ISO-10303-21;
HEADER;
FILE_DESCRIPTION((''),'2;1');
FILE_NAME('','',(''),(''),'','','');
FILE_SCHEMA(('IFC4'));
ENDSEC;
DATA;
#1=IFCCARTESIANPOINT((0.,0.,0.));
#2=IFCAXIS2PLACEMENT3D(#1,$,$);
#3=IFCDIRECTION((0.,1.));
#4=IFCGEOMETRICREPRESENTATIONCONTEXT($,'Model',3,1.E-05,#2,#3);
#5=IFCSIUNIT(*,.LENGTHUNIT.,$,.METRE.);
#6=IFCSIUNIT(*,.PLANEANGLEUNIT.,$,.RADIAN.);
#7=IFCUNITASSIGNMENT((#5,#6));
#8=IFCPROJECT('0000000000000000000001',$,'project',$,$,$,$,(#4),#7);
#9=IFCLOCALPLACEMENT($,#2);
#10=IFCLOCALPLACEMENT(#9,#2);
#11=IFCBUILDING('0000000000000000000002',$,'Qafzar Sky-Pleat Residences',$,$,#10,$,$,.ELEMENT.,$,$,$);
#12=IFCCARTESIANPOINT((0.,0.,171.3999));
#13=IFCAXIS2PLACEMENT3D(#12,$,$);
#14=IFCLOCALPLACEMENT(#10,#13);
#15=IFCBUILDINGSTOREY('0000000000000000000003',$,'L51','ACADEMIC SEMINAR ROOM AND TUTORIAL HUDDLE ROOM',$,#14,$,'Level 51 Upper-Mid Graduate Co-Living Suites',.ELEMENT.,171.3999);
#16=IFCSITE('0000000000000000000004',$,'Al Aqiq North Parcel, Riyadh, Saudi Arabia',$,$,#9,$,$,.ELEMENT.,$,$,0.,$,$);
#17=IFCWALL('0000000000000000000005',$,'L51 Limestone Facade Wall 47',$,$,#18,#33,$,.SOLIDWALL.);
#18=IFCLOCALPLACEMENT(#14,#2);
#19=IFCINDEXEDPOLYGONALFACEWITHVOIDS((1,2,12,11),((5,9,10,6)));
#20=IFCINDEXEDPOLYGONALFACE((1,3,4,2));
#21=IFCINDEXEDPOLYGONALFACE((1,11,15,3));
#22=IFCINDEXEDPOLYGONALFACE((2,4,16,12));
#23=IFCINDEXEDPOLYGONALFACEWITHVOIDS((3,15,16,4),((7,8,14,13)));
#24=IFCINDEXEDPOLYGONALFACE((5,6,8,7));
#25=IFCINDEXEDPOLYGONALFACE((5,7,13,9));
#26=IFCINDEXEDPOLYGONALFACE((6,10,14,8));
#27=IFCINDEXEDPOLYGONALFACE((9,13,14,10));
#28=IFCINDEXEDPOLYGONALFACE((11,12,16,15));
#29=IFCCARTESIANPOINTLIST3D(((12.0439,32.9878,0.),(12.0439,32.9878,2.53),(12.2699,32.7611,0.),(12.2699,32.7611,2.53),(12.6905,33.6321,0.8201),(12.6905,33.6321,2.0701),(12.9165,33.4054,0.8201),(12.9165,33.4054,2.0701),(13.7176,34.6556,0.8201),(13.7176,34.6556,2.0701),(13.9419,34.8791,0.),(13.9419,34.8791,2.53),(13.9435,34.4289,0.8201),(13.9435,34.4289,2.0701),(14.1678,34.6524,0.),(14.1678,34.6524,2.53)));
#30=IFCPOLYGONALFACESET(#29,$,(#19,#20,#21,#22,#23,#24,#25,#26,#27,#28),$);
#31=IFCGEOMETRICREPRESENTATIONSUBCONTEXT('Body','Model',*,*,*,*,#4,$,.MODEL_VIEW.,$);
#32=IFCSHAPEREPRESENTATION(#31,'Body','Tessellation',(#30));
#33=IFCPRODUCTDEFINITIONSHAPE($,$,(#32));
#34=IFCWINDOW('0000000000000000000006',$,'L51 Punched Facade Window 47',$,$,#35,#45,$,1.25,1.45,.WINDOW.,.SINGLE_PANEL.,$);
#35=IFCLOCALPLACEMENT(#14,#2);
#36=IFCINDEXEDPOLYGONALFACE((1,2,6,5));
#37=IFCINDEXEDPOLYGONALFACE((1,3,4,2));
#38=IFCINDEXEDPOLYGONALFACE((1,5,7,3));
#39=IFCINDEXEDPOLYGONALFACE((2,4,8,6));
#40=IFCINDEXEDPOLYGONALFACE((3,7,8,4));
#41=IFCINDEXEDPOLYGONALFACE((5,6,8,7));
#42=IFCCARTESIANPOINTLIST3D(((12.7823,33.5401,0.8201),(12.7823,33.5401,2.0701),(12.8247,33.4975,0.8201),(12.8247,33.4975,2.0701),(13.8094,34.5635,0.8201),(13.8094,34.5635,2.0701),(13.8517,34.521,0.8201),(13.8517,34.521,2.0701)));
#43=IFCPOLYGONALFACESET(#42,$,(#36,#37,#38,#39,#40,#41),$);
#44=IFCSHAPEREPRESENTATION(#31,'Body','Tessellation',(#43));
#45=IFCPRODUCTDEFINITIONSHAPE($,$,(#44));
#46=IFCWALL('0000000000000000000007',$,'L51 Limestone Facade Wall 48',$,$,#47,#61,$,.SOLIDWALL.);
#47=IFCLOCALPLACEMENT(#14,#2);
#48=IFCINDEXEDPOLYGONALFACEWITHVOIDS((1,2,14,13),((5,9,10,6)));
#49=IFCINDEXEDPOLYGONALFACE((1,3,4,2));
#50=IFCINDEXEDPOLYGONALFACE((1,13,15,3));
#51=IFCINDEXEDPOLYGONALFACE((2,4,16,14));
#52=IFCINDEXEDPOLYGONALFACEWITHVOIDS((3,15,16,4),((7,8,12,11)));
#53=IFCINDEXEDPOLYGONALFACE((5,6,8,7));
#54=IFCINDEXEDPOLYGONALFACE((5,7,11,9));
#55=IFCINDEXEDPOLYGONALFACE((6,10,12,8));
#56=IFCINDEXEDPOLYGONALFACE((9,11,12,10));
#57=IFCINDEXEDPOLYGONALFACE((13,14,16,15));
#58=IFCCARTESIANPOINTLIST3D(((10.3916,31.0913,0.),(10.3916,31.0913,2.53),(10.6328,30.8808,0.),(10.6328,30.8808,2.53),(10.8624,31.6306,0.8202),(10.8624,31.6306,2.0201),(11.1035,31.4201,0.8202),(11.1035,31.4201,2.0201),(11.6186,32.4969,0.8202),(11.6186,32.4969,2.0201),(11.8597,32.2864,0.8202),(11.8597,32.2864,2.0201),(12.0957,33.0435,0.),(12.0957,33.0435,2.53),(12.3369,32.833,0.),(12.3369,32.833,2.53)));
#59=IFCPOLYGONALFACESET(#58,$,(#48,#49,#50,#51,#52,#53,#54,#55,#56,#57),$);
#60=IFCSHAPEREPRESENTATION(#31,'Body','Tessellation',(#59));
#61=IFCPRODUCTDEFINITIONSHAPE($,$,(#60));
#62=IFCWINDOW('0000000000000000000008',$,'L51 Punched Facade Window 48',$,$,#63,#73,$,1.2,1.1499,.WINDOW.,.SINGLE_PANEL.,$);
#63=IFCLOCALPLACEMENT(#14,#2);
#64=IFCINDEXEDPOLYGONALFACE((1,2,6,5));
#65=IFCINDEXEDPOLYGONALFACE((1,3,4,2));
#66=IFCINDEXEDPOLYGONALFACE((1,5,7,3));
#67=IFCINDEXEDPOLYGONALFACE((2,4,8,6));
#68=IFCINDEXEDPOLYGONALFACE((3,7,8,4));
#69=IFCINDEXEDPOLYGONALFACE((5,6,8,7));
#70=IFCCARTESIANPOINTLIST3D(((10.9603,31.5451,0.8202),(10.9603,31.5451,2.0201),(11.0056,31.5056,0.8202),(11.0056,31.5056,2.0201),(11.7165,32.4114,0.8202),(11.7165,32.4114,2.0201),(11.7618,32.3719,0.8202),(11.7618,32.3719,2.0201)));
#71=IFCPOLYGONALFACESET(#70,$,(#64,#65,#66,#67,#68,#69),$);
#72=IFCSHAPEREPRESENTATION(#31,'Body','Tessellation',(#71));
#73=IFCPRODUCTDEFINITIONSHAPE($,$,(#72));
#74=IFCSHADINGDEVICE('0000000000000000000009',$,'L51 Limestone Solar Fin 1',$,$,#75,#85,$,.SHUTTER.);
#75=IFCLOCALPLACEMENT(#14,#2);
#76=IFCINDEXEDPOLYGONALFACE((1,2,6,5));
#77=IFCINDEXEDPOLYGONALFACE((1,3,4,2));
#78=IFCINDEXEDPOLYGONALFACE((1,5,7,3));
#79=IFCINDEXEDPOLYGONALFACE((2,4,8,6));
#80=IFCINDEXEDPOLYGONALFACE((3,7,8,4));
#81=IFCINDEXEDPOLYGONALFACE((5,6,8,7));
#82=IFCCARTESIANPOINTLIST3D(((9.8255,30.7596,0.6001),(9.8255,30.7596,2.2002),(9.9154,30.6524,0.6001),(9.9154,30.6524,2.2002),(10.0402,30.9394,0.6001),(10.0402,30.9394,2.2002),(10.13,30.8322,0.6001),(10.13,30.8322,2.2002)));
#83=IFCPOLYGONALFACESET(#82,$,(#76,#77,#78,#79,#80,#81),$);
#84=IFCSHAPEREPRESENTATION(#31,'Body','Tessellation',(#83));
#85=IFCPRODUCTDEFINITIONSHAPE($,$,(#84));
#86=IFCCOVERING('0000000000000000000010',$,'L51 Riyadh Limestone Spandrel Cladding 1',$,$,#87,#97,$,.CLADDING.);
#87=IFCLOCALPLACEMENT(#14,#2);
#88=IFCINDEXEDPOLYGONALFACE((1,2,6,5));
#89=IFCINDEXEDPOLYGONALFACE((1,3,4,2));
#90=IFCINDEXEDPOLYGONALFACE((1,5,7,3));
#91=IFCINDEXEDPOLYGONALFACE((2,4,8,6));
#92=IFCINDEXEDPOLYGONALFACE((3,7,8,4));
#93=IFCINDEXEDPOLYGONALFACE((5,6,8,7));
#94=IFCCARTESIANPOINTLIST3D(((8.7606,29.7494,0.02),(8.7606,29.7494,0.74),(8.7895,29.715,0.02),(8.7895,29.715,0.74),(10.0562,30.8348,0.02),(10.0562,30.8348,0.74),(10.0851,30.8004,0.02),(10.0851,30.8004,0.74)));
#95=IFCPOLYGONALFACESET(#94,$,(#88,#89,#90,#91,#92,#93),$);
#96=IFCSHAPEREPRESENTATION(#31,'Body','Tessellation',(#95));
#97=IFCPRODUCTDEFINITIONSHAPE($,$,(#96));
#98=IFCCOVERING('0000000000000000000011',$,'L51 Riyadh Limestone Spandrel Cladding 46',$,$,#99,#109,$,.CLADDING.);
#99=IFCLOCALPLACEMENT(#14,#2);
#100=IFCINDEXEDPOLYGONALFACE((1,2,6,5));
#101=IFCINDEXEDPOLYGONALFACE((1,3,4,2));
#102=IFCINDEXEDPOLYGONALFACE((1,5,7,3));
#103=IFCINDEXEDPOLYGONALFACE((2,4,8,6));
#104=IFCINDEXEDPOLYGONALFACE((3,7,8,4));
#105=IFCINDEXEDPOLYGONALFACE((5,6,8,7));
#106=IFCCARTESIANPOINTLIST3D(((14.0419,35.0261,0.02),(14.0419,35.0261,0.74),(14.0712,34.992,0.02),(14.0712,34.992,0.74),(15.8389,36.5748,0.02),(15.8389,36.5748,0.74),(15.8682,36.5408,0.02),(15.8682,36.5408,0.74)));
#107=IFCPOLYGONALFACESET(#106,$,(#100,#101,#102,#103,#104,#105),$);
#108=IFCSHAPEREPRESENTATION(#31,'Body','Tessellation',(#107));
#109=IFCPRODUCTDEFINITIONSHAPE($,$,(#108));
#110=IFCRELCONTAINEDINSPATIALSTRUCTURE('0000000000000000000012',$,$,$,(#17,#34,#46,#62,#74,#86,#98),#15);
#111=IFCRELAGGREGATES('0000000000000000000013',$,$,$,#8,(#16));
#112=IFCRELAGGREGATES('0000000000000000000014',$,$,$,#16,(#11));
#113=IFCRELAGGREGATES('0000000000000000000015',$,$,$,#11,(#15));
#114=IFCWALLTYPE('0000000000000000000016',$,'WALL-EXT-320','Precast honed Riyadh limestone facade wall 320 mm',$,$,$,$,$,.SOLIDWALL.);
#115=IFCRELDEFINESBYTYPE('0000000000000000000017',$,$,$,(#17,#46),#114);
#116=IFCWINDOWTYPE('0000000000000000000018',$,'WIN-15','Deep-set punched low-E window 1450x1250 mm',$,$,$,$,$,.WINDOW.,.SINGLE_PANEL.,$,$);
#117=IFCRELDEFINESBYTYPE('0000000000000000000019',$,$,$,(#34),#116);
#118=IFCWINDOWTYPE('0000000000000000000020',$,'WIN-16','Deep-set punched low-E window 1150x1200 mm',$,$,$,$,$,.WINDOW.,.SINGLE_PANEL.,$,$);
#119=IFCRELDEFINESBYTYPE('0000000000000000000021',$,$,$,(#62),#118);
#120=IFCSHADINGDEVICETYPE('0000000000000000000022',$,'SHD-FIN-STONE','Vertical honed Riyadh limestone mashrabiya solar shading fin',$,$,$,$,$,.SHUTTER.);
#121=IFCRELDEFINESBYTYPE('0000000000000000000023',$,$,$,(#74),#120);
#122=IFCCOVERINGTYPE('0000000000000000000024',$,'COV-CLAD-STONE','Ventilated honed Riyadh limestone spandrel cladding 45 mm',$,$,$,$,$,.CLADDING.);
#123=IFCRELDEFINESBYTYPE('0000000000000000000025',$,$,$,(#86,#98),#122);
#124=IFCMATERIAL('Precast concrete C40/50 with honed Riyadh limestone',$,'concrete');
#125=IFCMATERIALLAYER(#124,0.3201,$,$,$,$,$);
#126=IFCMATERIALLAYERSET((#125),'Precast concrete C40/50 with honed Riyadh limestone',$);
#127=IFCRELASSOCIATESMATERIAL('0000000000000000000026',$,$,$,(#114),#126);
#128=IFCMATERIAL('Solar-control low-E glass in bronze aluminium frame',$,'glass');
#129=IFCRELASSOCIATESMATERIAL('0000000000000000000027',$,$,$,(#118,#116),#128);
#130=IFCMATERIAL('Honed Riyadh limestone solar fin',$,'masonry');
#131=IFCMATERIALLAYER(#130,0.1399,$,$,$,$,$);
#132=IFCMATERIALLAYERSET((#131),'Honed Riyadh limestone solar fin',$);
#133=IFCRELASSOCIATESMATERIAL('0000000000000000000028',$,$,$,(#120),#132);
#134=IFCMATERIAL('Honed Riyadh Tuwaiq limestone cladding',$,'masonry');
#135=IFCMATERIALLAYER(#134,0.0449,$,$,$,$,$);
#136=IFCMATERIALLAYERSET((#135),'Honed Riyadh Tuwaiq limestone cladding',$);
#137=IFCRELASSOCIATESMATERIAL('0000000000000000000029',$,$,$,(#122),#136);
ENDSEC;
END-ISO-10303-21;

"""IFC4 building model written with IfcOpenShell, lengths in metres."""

from ifc_helpers import new_model, si_unit, direction, frame, frame_2d, origin, origin_2d, place, context, subcontext, project, spatial, rectangle, extrude, source, transform, mapped, material, layer, layer_set, type_object, element, fill, save


model = new_model("IFC4")

# Units and contexts
model_context = context("Model", 3, precision=1e-05, world=origin(), true_north=direction((0.0, 1.0)))
body_context = subcontext(model_context, "Body", "Model", "MODEL_VIEW")
ifc_project = project(units=[si_unit("LENGTHUNIT", "METRE"), si_unit("PLANEANGLEUNIT", "RADIAN")], contexts=[model_context])

# Site, building, storey
site_placement = place(None, origin())
site = spatial("IfcSite", under=ifc_project, at=site_placement, Name="Al Aqiq North Parcel, Riyadh, Saudi Arabia", CompositionType="ELEMENT", RefElevation=0.0)
building_placement = place(site_placement, origin())
building = spatial("IfcBuilding", under=site, at=building_placement, Name="Qafzar Sky-Pleat Residences", CompositionType="ELEMENT")
storey_placement = place(building_placement, frame((0.0, 0.0, 171.3999)))
storey = spatial("IfcBuildingStorey", under=building, at=storey_placement, Name="L51", Description="ACADEMIC SEMINAR ROOM AND TUTORIAL HUDDLE ROOM", LongName="Level 51 Upper-Mid Graduate Co-Living Suites", CompositionType="ELEMENT", Elevation=171.3999)

# Walls, openings, windows
ifc_material_1 = material(Name="Precast concrete C40/50 with honed Riyadh limestone", Category="concrete")
ifc_layer_1 = layer(ifc_material_1, 0.3201)
ifc_layer_set_1 = layer_set([ifc_layer_1], Name="Precast concrete C40/50 with honed Riyadh limestone")
wall_type_1 = type_object("IfcWallType", Name="WALL-EXT-320", Description="Precast honed Riyadh limestone facade wall 320 mm", PredefinedType="SOLIDWALL", material=ifc_layer_set_1)
ifc_material_2 = material(Name="Solar-control low-E glass in bronze aluminium frame", Category="glass")
window_type_1 = type_object("IfcWindowType", Name="WIN-16", Description="Deep-set punched low-E window 1150x1200 mm", PartitioningType="SINGLE_PANEL", PredefinedType="WINDOW", material=ifc_material_2)
shared_shape_1 = source(origin(), body_context, "Body", "SweptSolid", [
    extrude(rectangle(XDim=1.1499, YDim=1.2, at=frame_2d((0.575, 0.6001))), frame((0.0, 0.03, 0.0), z_axis=(0.0, -1.0, 0.0), x_axis=(1.0, 0.0, 0.0)), (0.0, 0.0, 1.0), 0.0601),
])
window_type_2 = type_object("IfcWindowType", Name="WIN-15", Description="Deep-set punched low-E window 1450x1250 mm", PartitioningType="SINGLE_PANEL", PredefinedType="WINDOW", material=ifc_material_2)
shared_shape_2 = source(origin(), body_context, "Body", "SweptSolid", [
    extrude(rectangle(XDim=1.45, YDim=1.25, at=frame_2d((0.7251, 0.625))), frame((0.0, 0.03, 0.0), z_axis=(0.0, -1.0, 0.0), x_axis=(1.0, 0.0, 0.0)), (0.0, 0.0, 1.0), 0.0601),
])
wall_1_placement = place(storey_placement, frame((14.0549, 34.7659, 0.0), z_axis=(0.0, 0.0, 1.0), x_axis=(-0.708336, -0.705876, 0.0)))
wall_1 = element("IfcWall", 1, at=wall_1_placement, inside=storey, type_object=wall_type_1, Name="L51 Limestone Facade Wall 47", PredefinedType="SOLIDWALL", context=body_context, shape_type="SweptSolid", body=[
    extrude(rectangle(XDim=2.6794, YDim=0.3201, at=frame_2d((1.3398, 0.0))), origin(), (0.0, 0.0, 1.0), 2.53),
])
opening_1_placement = place(wall_1_placement, frame((0.3167, 0.0, 0.8201)))
opening_1 = element("IfcOpeningElement", 2, at=opening_1_placement, cuts=wall_1, PredefinedType="OPENING", context=body_context, shape_type="SweptSolid", body=[
    extrude(rectangle(XDim=1.45, YDim=1.25, at=frame_2d((0.7251, 0.625))), frame((0.0, 0.1699, 0.0), z_axis=(0.0, -1.0, 0.0), x_axis=(1.0, 0.0, 0.0)), (0.0, 0.0, 1.0), 0.3401),
])
window_1_placement = place(opening_1_placement, origin())
window_1 = element("IfcWindow", 3, at=window_1_placement, inside=storey, type_object=window_type_2, Name="L51 Punched Facade Window 47", OverallHeight=1.25, OverallWidth=1.45, PartitioningType="SINGLE_PANEL", PredefinedType="WINDOW", context=body_context, shape_type="MappedRepresentation", body=[
    mapped(shared_shape_2, transform((0.0, 0.0, 0.0), x_axis=(1.0, 0.0, 0.0), y_axis=(0.0, 1.0, 0.0), z_axis=(0.0, 0.0, 1.0), scale=1.0)),
])
fill(opening_1, window_1)
wall_2_placement = place(storey_placement, frame((12.2163, 32.9382, 0.0), z_axis=(0.0, 0.0, 1.0), x_axis=(-0.657624, -0.753347, 0.0)))
wall_2 = element("IfcWall", 4, at=wall_2_placement, inside=storey, type_object=wall_type_1, Name="L51 Limestone Facade Wall 48", PredefinedType="SOLIDWALL", context=body_context, shape_type="SweptSolid", body=[
    extrude(rectangle(XDim=2.5913, YDim=0.3201, at=frame_2d((1.2957, 0.0))), origin(), (0.0, 0.0, 1.0), 2.53),
])
opening_2_placement = place(wall_2_placement, frame((0.7256, 0.0, 0.8201)))
opening_2 = element("IfcOpeningElement", 5, at=opening_2_placement, cuts=wall_2, PredefinedType="OPENING", context=body_context, shape_type="SweptSolid", body=[
    extrude(rectangle(XDim=1.1499, YDim=1.2, at=frame_2d((0.575, 0.6001))), frame((0.0, 0.1699, 0.0), z_axis=(0.0, -1.0, 0.0), x_axis=(1.0, 0.0, 0.0)), (0.0, 0.0, 1.0), 0.3401),
])
window_2_placement = place(opening_2_placement, origin())
window_2 = element("IfcWindow", 6, at=window_2_placement, inside=storey, type_object=window_type_1, Name="L51 Punched Facade Window 48", OverallHeight=1.2, OverallWidth=1.1499, PartitioningType="SINGLE_PANEL", PredefinedType="WINDOW", context=body_context, shape_type="MappedRepresentation", body=[
    mapped(shared_shape_1, transform((0.0, 0.0, 0.0), x_axis=(1.0, 0.0, 0.0), y_axis=(0.0, 1.0, 0.0), z_axis=(0.0, 0.0, 1.0), scale=1.0)),
])
fill(opening_2, window_2)

# Shading device
ifc_material_3 = material(Name="Honed Riyadh limestone solar fin", Category="masonry")
ifc_layer_2 = layer(ifc_material_3, 0.1399)
ifc_layer_set_2 = layer_set([ifc_layer_2], Name="Honed Riyadh limestone solar fin")
shading_device_type = type_object("IfcShadingDeviceType", Name="SHD-FIN-STONE", Description="Vertical honed Riyadh limestone mashrabiya solar shading fin", PredefinedType="SHUTTER", material=ifc_layer_set_2)
shared_shape_3 = source(origin(), body_context, "Body", "SweptSolid", [
    extrude(rectangle(XDim=0.1399, YDim=0.28, at=origin_2d()), origin(), (0.0, 0.0, 1.0), 1.6001),
])
shading_device_placement = place(storey_placement, frame((9.9778, 30.7959, 0.6001), z_axis=(0.0, 0.0, 1.0), x_axis=(-0.642174, 0.766559, 0.0)))
element("IfcShadingDevice", 7, at=shading_device_placement, inside=storey, type_object=shading_device_type, Name="L51 Limestone Solar Fin 1", PredefinedType="SHUTTER", context=body_context, shape_type="MappedRepresentation", body=[
    mapped(shared_shape_3, transform((0.0, 0.0, 0.0), x_axis=(1.0, 0.0, 0.0), y_axis=(0.0, 1.0, 0.0), z_axis=(0.0, 0.0, 1.0), scale=1.0)),
])

# Coverings
ifc_material_4 = material(Name="Honed Riyadh Tuwaiq limestone cladding", Category="masonry")
ifc_layer_3 = layer(ifc_material_4, 0.0449)
ifc_layer_set_3 = layer_set([ifc_layer_3], Name="Honed Riyadh Tuwaiq limestone cladding")
covering_type = type_object("IfcCoveringType", Name="COV-CLAD-STONE", Description="Ventilated honed Riyadh limestone spandrel cladding 45 mm", PredefinedType="CLADDING", material=ifc_layer_set_3)
shared_shape_4 = source(origin(), body_context, "Body", "SweptSolid", [
    extrude(rectangle(XDim=1.6902, YDim=0.0449, at=origin_2d()), origin(), (0.0, 0.0, 1.0), 0.72),
])
covering_1_placement = place(storey_placement, frame((9.4229, 30.2749, 0.02), z_axis=(0.0, 0.0, 1.0), x_axis=(-0.766556, -0.642178, 0.0)))
element("IfcCovering", 8, at=covering_1_placement, inside=storey, type_object=covering_type, Name="L51 Riyadh Limestone Spandrel Cladding 1", PredefinedType="CLADDING", context=body_context, shape_type="MappedRepresentation", body=[
    mapped(shared_shape_4, transform((0.0, 0.0, 0.0), x_axis=(1.0, 0.0, 0.0), y_axis=(0.0, 1.0, 0.0), z_axis=(0.0, 0.0, 1.0), scale=1.0)),
])
shared_shape_5 = source(origin(), body_context, "Body", "SweptSolid", [
    extrude(rectangle(XDim=2.3723, YDim=0.0449, at=origin_2d()), origin(), (0.0, 0.0, 1.0), 0.72),
])
covering_2_placement = place(storey_placement, frame((14.9551, 35.7834, 0.02), z_axis=(0.0, 0.0, 1.0), x_axis=(-0.757486, -0.652851, 0.0)))
element("IfcCovering", 9, at=covering_2_placement, inside=storey, type_object=covering_type, Name="L51 Riyadh Limestone Spandrel Cladding 46", PredefinedType="CLADDING", context=body_context, shape_type="MappedRepresentation", body=[
    mapped(shared_shape_5, transform((0.0, 0.0, 0.0), x_axis=(1.0, 0.0, 0.0), y_axis=(0.0, 1.0, 0.0), z_axis=(0.0, 0.0, 1.0), scale=1.0)),
])

save(model, "model.ifc")
